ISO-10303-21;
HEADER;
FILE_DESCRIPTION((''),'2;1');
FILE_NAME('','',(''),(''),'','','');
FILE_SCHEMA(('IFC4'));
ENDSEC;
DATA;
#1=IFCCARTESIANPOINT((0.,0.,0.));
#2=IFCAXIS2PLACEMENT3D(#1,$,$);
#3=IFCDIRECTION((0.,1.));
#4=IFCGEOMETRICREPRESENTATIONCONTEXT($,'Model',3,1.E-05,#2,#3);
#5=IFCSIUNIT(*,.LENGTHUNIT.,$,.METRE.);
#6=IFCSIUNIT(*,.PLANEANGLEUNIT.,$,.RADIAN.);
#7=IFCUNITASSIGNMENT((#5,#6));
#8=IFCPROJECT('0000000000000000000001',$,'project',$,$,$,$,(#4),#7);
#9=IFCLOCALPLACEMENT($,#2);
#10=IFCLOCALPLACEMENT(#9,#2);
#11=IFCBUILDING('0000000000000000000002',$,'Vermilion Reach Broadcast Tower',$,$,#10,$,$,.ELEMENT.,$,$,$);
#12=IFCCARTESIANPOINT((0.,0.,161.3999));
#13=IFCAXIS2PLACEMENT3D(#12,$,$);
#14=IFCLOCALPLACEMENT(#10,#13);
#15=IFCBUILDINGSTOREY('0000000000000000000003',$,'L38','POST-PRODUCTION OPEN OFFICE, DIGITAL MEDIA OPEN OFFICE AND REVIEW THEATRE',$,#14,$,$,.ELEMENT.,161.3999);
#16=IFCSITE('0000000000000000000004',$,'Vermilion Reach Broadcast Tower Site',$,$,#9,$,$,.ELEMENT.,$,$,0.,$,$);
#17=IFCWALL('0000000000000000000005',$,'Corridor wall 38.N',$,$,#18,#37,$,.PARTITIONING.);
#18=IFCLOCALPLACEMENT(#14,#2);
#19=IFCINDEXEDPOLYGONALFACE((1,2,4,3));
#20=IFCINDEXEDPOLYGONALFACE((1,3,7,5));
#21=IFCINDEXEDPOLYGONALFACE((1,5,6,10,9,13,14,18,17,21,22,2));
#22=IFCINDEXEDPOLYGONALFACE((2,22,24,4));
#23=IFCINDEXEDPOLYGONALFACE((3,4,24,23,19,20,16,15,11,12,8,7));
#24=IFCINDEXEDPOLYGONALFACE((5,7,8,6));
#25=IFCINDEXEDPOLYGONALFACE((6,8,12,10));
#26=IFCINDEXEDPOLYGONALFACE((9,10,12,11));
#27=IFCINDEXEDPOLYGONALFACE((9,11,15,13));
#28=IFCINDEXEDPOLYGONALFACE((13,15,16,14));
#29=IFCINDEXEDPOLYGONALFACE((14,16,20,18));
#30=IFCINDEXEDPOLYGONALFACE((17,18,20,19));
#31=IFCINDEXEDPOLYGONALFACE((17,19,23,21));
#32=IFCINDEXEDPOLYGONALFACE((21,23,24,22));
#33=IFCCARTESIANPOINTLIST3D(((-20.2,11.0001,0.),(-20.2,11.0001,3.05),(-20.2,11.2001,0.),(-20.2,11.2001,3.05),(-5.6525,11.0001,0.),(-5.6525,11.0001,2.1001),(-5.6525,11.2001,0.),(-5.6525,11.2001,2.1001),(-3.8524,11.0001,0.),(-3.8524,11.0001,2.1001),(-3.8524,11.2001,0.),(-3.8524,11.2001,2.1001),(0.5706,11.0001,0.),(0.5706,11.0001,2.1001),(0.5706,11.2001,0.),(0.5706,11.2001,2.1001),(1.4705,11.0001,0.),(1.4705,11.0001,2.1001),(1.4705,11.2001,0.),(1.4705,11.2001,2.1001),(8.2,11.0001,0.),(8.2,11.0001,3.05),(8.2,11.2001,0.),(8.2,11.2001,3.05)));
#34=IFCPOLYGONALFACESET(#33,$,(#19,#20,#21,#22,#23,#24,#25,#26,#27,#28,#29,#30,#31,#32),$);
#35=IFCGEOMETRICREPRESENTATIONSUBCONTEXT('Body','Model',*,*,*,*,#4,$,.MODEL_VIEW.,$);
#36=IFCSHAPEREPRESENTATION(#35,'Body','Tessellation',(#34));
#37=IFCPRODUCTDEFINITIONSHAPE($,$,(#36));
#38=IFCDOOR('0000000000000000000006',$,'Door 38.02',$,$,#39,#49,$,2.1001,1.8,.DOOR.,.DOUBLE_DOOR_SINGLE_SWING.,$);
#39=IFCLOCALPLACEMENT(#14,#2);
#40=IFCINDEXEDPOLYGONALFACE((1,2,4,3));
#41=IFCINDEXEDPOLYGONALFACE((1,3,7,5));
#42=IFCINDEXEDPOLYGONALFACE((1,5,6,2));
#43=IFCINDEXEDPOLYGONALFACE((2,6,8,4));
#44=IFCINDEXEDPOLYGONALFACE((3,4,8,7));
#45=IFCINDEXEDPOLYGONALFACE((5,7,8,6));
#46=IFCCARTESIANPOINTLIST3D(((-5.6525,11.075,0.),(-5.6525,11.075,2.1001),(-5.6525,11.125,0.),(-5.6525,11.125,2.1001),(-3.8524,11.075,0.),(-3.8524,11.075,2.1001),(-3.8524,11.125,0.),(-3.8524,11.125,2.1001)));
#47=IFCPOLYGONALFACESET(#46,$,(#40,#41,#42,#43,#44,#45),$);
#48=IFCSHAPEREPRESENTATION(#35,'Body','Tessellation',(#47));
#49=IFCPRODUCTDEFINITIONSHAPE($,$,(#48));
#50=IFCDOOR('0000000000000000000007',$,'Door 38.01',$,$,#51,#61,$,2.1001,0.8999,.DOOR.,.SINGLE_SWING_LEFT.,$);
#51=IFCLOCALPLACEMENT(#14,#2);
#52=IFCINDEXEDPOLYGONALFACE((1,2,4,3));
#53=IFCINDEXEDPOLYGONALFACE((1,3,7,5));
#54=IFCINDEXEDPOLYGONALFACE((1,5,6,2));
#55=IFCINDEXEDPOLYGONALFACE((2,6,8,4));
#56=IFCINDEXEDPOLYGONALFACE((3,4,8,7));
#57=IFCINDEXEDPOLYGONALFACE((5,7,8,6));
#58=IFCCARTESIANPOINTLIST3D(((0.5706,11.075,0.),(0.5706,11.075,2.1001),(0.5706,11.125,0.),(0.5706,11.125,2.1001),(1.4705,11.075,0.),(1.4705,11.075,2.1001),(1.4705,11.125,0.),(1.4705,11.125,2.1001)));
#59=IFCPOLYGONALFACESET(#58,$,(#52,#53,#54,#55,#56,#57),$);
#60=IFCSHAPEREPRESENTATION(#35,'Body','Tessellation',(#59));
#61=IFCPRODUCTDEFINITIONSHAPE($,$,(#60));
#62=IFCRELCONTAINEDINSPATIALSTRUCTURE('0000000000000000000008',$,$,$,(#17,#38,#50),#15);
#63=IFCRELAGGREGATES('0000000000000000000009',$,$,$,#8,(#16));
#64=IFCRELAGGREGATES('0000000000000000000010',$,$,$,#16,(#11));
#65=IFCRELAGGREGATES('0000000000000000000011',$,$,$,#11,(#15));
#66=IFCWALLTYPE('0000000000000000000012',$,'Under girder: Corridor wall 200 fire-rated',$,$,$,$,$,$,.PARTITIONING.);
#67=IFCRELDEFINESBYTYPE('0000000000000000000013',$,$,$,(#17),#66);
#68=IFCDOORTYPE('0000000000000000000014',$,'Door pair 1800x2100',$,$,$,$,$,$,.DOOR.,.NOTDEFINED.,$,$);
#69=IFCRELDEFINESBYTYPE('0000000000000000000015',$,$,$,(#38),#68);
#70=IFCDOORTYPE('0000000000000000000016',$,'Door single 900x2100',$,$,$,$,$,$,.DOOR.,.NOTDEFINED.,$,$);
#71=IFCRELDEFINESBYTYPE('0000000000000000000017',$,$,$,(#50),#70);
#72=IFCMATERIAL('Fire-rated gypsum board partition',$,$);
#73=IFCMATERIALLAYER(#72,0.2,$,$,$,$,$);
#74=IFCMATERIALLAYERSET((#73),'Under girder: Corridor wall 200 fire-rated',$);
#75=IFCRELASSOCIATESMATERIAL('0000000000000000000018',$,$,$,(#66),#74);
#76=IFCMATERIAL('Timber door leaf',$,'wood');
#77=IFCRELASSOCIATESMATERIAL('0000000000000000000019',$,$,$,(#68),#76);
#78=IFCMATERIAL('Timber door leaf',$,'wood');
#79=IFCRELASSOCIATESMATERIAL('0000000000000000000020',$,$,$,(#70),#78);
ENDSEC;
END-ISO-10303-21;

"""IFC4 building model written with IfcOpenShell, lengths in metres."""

from ifc_helpers import new_model, si_unit, direction, frame, frame_2d, origin, place, context, subcontext, project, spatial, rectangle, extrude, material, layer, layer_set, type_object, element, fill, save


model = new_model("IFC4")

# Units and contexts
model_context = context("Model", 3, precision=1e-05, world=origin(), true_north=direction((0.0, 1.0)))
body_context = subcontext(model_context, "Body", "Model", "MODEL_VIEW")
ifc_project = project(units=[si_unit("LENGTHUNIT", "METRE"), si_unit("PLANEANGLEUNIT", "RADIAN")], contexts=[model_context])

# Site, building, storey
site_placement = place(None, origin())
site = spatial("IfcSite", under=ifc_project, at=site_placement, Name="Vermilion Reach Broadcast Tower Site", CompositionType="ELEMENT", RefElevation=0.0)
building_placement = place(site_placement, origin())
building = spatial("IfcBuilding", under=site, at=building_placement, Name="Vermilion Reach Broadcast Tower", CompositionType="ELEMENT")
storey_placement = place(building_placement, frame((0.0, 0.0, 161.3999)))
storey = spatial("IfcBuildingStorey", under=building, at=storey_placement, Name="L38", Description="POST-PRODUCTION OPEN OFFICE, DIGITAL MEDIA OPEN OFFICE AND REVIEW THEATRE", CompositionType="ELEMENT", Elevation=161.3999)

# Wall, openings, doors
ifc_material_1 = material(Name="Fire-rated gypsum board partition")
ifc_layer_1 = layer(ifc_material_1, 0.2)
ifc_layer_set_1 = layer_set([ifc_layer_1], Name="Under girder: Corridor wall 200 fire-rated")
wall_type_1 = type_object("IfcWallType", Name="Under girder: Corridor wall 200 fire-rated", PredefinedType="PARTITIONING", material=ifc_layer_set_1)
wall_1_placement = place(storey_placement, frame((-20.2, 11.1001, 0.0), z_axis=(0.0, 0.0, 1.0), x_axis=(1.0, 0.0, 0.0)))
wall_1 = element("IfcWall", 1, at=wall_1_placement, inside=storey, type_object=wall_type_1, Name="Corridor wall 38.N", PredefinedType="PARTITIONING", context=body_context, shape_type="SweptSolid", body=[
    extrude(rectangle(XDim=28.3999, YDim=0.2, at=frame_2d((14.2, 0.0))), origin(), (0.0, 0.0, 1.0), 3.05),
])
opening_1_placement = place(wall_1_placement, frame((20.7705, 0.0, 0.0)))
opening_1 = element("IfcOpeningElement", 2, at=opening_1_placement, cuts=wall_1, PredefinedType="OPENING", context=body_context, shape_type="SweptSolid", body=[
    extrude(rectangle(XDim=0.8999, YDim=2.1001, at=frame_2d((0.45, 1.05))), frame((0.0, 0.1099, 0.0), z_axis=(0.0, -1.0, 0.0), x_axis=(1.0, 0.0, 0.0)), (0.0, 0.0, 1.0), 0.22),
])
opening_2_placement = place(wall_1_placement, frame((14.5476, 0.0, 0.0)))
opening_2 = element("IfcOpeningElement", 3, at=opening_2_placement, cuts=wall_1, PredefinedType="OPENING", context=body_context, shape_type="SweptSolid", body=[
    extrude(rectangle(XDim=1.8, YDim=2.1001, at=frame_2d((0.8999, 1.05))), frame((0.0, 0.1099, 0.0), z_axis=(0.0, -1.0, 0.0), x_axis=(1.0, 0.0, 0.0)), (0.0, 0.0, 1.0), 0.22),
])
ifc_material_2 = material(Name="Timber door leaf", Category="wood")
door_type_1 = type_object("IfcDoorType", Name="Door pair 1800x2100", OperationType="NOTDEFINED", PredefinedType="DOOR", material=ifc_material_2)
door_1_placement = place(opening_2_placement, origin())
door_1 = element("IfcDoor", 4, at=door_1_placement, inside=storey, type_object=door_type_1, Name="Door 38.02", OperationType="DOUBLE_DOOR_SINGLE_SWING", OverallHeight=2.1001, OverallWidth=1.8, PredefinedType="DOOR", context=body_context, shape_type="SweptSolid", body=[
    extrude(rectangle(XDim=1.8, YDim=2.1001, at=frame_2d((0.8999, 1.05))), frame((0.0, 0.0249, 0.0), z_axis=(0.0, -1.0, 0.0), x_axis=(1.0, 0.0, 0.0)), (0.0, 0.0, 1.0), 0.05),
])
fill(opening_2, door_1)
ifc_material_3 = material(Name="Timber door leaf", Category="wood")
door_type_2 = type_object("IfcDoorType", Name="Door single 900x2100", OperationType="NOTDEFINED", PredefinedType="DOOR", material=ifc_material_3)
door_2_placement = place(opening_1_placement, origin())
door_2 = element("IfcDoor", 5, at=door_2_placement, inside=storey, type_object=door_type_2, Name="Door 38.01", OperationType="SINGLE_SWING_LEFT", OverallHeight=2.1001, OverallWidth=0.8999, PredefinedType="DOOR", context=body_context, shape_type="SweptSolid", body=[
    extrude(rectangle(XDim=0.8999, YDim=2.1001, at=frame_2d((0.45, 1.05))), frame((0.0, 0.0249, 0.0), z_axis=(0.0, -1.0, 0.0), x_axis=(1.0, 0.0, 0.0)), (0.0, 0.0, 1.0), 0.05),
])
fill(opening_1, door_2)

save(model, "model.ifc")
